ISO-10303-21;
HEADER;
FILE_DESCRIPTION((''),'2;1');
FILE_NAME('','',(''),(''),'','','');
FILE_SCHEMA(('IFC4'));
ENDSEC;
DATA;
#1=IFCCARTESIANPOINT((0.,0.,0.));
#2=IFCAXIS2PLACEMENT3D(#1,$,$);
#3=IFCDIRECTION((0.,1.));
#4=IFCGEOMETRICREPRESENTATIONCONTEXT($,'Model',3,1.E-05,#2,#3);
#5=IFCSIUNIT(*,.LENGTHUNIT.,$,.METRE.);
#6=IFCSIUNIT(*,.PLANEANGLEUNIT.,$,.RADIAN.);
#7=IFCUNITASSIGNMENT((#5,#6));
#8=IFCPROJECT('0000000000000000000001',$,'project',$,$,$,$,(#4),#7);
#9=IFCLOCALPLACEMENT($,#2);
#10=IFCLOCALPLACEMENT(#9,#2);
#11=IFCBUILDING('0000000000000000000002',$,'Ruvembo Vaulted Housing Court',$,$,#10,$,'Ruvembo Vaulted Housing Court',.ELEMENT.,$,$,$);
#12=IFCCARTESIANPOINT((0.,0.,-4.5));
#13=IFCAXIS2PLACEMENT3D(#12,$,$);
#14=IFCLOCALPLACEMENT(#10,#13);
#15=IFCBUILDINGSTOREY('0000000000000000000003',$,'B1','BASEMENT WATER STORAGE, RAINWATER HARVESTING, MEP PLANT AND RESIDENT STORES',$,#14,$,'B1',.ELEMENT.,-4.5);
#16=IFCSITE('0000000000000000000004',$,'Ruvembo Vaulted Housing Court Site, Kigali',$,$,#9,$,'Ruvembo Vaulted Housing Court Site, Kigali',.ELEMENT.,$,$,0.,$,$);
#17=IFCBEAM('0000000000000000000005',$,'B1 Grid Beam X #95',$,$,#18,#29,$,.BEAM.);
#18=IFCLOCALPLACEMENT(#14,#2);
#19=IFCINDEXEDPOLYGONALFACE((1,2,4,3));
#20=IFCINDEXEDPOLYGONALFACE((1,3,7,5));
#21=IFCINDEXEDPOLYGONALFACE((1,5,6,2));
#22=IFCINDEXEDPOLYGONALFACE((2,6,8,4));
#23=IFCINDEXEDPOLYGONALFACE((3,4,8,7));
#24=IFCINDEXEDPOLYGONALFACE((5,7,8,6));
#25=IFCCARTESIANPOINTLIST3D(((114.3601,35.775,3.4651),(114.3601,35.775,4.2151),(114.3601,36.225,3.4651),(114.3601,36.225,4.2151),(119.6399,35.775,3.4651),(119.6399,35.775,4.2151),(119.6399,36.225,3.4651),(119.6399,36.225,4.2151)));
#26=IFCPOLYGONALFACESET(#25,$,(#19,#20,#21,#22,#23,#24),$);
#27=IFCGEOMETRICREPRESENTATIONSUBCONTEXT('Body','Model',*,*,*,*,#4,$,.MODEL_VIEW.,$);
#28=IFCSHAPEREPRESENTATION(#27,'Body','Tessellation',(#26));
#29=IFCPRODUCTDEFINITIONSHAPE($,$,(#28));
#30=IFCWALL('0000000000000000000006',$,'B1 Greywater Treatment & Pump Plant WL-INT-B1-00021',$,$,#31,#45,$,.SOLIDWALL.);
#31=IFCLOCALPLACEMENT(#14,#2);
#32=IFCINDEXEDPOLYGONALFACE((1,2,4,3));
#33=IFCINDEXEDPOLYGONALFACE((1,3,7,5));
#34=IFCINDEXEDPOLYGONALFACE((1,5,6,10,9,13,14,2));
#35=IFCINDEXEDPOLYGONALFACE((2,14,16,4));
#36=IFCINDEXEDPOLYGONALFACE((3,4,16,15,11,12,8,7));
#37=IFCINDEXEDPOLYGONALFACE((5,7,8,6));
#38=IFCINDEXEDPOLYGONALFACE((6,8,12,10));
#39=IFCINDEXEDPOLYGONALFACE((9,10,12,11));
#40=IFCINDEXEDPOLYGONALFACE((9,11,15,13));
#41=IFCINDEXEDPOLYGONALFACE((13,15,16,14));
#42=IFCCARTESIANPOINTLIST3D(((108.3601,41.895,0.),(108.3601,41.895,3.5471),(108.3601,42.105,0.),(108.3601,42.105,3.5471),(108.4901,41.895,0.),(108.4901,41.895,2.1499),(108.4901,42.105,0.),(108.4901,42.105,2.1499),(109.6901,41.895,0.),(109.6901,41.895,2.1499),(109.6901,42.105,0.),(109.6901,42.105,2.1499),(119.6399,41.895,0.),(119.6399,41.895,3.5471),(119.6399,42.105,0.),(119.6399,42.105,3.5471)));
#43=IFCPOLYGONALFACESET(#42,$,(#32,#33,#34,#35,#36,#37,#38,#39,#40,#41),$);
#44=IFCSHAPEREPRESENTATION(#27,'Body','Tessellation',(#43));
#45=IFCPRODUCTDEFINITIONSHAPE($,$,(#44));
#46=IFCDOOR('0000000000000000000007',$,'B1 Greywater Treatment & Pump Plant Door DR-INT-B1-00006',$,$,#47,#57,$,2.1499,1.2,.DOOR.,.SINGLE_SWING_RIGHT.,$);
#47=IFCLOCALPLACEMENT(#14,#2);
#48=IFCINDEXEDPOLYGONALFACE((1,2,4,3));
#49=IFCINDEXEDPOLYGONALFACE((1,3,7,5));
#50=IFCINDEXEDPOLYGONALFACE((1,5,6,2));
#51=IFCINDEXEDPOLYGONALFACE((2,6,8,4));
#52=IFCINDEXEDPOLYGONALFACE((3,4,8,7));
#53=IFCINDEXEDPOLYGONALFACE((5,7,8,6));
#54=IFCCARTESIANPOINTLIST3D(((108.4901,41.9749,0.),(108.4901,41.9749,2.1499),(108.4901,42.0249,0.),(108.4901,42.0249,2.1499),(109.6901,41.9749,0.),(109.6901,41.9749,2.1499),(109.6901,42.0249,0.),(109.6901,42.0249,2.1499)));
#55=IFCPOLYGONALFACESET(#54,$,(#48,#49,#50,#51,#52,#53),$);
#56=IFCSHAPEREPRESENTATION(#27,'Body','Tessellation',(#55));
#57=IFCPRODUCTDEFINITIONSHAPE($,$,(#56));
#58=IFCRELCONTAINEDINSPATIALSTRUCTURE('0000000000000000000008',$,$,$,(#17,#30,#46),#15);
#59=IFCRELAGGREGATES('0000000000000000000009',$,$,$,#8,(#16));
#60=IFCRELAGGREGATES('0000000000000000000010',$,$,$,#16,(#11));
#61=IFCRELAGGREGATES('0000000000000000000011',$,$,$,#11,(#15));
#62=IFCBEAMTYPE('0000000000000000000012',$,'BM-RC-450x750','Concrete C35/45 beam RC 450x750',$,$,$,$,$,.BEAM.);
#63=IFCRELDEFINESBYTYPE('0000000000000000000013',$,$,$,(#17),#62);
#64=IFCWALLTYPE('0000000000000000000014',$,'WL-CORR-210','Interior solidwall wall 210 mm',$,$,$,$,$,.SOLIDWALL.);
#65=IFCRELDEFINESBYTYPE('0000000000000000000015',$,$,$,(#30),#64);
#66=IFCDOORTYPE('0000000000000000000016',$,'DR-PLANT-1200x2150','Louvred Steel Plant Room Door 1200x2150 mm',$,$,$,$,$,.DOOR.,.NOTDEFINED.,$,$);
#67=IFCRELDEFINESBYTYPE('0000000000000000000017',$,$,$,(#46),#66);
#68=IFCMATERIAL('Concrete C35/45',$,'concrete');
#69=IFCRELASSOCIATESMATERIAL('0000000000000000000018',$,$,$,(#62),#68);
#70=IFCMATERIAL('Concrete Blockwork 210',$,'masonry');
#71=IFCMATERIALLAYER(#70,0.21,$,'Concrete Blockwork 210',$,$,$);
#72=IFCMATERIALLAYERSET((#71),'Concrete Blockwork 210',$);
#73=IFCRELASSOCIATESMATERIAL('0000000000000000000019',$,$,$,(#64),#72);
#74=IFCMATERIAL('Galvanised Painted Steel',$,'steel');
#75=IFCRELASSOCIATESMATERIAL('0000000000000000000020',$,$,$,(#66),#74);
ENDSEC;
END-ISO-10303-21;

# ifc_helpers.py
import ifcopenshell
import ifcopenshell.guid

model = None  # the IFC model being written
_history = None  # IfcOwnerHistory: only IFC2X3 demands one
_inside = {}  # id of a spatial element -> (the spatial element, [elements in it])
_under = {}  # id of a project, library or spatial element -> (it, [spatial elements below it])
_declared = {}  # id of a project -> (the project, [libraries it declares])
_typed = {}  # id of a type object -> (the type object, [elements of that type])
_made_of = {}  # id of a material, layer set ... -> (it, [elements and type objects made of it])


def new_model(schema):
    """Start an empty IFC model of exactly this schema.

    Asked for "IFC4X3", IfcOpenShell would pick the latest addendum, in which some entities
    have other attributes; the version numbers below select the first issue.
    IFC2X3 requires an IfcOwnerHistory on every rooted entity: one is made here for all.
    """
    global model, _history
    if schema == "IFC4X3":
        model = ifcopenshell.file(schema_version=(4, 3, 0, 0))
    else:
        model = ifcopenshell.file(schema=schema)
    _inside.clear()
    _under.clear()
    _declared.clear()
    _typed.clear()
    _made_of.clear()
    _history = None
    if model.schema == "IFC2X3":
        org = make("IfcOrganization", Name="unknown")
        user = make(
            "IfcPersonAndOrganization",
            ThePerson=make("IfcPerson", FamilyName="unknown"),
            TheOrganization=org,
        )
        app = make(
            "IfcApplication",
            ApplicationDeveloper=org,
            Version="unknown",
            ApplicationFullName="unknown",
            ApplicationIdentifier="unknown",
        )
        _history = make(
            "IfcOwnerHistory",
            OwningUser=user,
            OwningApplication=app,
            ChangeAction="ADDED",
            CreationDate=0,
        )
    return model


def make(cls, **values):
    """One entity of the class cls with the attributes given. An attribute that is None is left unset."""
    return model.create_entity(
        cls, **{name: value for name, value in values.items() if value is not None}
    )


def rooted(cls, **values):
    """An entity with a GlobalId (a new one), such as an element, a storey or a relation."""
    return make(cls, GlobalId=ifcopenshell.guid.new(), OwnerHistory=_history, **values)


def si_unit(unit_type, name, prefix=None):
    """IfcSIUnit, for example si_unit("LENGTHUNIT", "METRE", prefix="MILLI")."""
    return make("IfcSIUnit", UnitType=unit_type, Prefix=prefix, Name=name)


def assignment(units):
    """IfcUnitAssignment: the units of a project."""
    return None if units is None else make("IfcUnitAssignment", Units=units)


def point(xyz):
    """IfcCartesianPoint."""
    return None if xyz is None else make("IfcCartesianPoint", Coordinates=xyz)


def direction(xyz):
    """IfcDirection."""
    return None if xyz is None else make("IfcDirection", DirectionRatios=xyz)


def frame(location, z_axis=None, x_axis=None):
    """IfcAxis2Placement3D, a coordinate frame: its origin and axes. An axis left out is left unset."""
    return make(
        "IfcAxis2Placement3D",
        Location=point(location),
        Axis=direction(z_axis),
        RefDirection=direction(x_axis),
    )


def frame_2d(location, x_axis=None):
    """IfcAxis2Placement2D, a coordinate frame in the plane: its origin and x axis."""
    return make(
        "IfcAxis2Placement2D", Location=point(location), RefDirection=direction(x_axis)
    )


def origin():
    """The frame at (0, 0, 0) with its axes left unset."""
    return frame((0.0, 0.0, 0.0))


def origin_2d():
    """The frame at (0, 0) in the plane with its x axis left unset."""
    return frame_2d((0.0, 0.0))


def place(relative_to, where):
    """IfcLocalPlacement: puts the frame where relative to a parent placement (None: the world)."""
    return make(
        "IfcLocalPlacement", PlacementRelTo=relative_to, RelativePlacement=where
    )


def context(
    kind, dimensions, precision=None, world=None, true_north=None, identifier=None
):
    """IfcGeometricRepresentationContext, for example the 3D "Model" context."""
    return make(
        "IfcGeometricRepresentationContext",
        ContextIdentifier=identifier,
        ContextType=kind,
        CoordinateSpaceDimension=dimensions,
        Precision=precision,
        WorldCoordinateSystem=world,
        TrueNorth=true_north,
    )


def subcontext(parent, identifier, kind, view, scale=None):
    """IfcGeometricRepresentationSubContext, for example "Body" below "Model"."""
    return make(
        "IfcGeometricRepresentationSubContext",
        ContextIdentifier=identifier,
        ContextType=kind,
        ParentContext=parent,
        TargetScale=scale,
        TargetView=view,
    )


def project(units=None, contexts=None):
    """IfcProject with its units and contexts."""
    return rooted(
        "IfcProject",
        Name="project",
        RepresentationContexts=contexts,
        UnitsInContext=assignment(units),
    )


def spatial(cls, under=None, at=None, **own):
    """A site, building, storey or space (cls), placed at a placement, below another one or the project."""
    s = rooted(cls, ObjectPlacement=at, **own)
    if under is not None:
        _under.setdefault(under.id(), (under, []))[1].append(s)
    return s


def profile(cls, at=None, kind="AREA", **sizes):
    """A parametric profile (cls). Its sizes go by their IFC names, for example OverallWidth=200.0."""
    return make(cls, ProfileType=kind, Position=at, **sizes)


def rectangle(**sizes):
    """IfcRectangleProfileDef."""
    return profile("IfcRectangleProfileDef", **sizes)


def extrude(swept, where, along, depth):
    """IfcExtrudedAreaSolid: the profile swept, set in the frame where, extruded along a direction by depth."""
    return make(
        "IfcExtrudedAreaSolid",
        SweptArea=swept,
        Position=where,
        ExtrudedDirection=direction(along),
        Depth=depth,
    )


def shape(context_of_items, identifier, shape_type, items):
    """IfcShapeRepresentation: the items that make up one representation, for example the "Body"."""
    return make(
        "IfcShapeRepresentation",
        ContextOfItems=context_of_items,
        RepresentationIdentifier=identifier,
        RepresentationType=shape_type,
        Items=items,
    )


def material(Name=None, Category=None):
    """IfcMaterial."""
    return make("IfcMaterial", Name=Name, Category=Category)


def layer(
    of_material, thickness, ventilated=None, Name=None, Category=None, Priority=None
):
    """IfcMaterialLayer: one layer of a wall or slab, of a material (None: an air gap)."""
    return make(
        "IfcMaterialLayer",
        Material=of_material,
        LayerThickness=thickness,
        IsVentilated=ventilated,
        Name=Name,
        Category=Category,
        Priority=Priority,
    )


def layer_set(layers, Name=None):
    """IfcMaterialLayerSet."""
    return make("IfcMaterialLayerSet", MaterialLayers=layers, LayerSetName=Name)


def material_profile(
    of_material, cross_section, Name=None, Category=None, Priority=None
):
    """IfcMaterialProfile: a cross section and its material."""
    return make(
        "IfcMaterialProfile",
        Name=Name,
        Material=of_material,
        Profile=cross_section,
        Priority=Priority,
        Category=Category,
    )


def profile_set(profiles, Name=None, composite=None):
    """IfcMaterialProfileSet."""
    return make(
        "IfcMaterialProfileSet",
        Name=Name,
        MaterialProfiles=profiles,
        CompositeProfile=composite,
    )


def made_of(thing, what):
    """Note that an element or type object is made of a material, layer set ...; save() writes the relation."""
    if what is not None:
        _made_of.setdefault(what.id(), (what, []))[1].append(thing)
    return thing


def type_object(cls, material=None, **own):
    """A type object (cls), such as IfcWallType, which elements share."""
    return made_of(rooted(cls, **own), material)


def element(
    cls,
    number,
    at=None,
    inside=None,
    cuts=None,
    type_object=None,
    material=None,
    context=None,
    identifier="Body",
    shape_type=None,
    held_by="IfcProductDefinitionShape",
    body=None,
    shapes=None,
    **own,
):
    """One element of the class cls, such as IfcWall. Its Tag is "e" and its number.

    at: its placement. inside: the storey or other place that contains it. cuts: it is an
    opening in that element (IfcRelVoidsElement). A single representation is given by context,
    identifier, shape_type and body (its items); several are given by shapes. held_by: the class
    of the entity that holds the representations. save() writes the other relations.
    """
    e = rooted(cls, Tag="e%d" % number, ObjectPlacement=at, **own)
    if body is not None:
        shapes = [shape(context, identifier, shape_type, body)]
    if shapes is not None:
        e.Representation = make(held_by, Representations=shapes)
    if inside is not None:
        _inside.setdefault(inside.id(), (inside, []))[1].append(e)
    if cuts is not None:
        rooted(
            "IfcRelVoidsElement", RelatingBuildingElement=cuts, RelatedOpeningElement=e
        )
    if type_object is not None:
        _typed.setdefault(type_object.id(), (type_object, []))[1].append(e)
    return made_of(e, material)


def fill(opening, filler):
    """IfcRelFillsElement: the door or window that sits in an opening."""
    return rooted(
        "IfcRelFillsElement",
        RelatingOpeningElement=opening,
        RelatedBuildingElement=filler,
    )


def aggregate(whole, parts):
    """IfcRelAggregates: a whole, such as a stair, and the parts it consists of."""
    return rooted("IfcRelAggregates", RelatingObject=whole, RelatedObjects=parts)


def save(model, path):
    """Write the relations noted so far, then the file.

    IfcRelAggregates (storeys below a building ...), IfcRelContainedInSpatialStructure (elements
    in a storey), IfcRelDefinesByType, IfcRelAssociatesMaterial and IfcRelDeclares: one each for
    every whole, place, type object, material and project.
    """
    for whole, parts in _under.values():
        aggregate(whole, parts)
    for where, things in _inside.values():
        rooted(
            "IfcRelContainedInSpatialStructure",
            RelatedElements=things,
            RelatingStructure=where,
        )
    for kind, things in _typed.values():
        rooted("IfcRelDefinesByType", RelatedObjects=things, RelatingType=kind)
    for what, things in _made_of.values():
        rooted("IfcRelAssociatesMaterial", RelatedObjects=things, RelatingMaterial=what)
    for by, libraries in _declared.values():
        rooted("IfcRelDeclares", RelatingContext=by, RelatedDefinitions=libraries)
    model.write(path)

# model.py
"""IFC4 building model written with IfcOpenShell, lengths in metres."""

from ifc_helpers import new_model, si_unit, direction, frame, frame_2d, origin, origin_2d, place, context, subcontext, project, spatial, rectangle, extrude, material, layer, layer_set, material_profile, profile_set, type_object, element, fill, save


model = new_model("IFC4")

# Units and contexts
model_context = context("Model", 3, precision=1e-05, world=origin(), true_north=direction((0.0, 1.0)))
body_context = subcontext(model_context, "Body", "Model", "MODEL_VIEW")
ifc_project = project(units=[si_unit("LENGTHUNIT", "METRE"), si_unit("PLANEANGLEUNIT", "RADIAN")], contexts=[model_context])

# Site, building, storey
site_placement = place(None, origin())
site = spatial("IfcSite", under=ifc_project, at=site_placement, Name="Ruvembo Vaulted Housing Court Site, Kigali", LongName="Ruvembo Vaulted Housing Court Site, Kigali", CompositionType="ELEMENT", RefElevation=0.0)
building_placement = place(site_placement, origin())
building = spatial("IfcBuilding", under=site, at=building_placement, Name="Ruvembo Vaulted Housing Court", LongName="Ruvembo Vaulted Housing Court", CompositionType="ELEMENT")
storey_placement = place(building_placement, frame((0.0, 0.0, -4.5)))
storey = spatial("IfcBuildingStorey", under=building, at=storey_placement, Name="B1", Description="BASEMENT WATER STORAGE, RAINWATER HARVESTING, MEP PLANT AND RESIDENT STORES", LongName="B1", CompositionType="ELEMENT", Elevation=-4.5)

# Shared definitions
ifc_material_1 = material(Name="Concrete C35/45", Category="concrete")

# Beam
ifc_material_profile_1 = material_profile(ifc_material_1, rectangle(XDim=0.45, YDim=0.75, at=origin_2d()), Name="RC 450x750")
ifc_profile_set_1 = profile_set([ifc_material_profile_1], Name="Concrete C35/45")
beam_type_1 = type_object("IfcBeamType", Name="BM-RC-450x750", Description="Concrete C35/45 beam RC 450x750", PredefinedType="BEAM", material=ifc_profile_set_1)
for number, where, z_axis, x_axis, name in (
    (1, (114.3601, 36.0, 3.8401), (1.0, 0.0, 0.0), (0.0, 1.0, 0.0), "B1 Grid Beam X #95"),
):
    element("IfcBeam", number, at=place(storey_placement, frame(where, z_axis=z_axis, x_axis=x_axis)), inside=storey, type_object=beam_type_1, Name=name, PredefinedType="BEAM", context=body_context, shape_type="SweptSolid", body=[
        extrude(rectangle(XDim=0.45, YDim=0.75, at=origin_2d()), origin(), (0.0, 0.0, 1.0), 5.2798),
    ])

# Wall, opening, door
ifc_material_2 = material(Name="Concrete Blockwork 210", Category="masonry")
ifc_layer = layer(ifc_material_2, 0.21, Name="Concrete Blockwork 210")
ifc_layer_set = layer_set([ifc_layer], Name="Concrete Blockwork 210")
wall_type = type_object("IfcWallType", Name="WL-CORR-210", Description="Interior solidwall wall 210 mm", PredefinedType="SOLIDWALL", material=ifc_layer_set)
wall_placement = place(storey_placement, frame((108.3601, 42.0, 0.0), z_axis=(0.0, 0.0, 1.0), x_axis=(1.0, 0.0, 0.0)))
wall = element("IfcWall", 2, at=wall_placement, inside=storey, type_object=wall_type, Name="B1 Greywater Treatment & Pump Plant WL-INT-B1-00021", PredefinedType="SOLIDWALL", context=body_context, shape_type="SweptSolid", body=[
    extrude(rectangle(XDim=11.2798, YDim=0.21, at=frame_2d((5.6399, 0.0))), origin(), (0.0, 0.0, 1.0), 3.5471),
])
opening_placement = place(wall_placement, frame((0.1299, 0.0, 0.0)))
opening = element("IfcOpeningElement", 3, at=opening_placement, cuts=wall, PredefinedType="OPENING", context=body_context, shape_type="SweptSolid", body=[
    extrude(rectangle(XDim=1.2, YDim=2.1499, at=frame_2d((0.6001, 1.075))), frame((0.0, 0.115, 0.0), z_axis=(0.0, -1.0, 0.0), x_axis=(1.0, 0.0, 0.0)), (0.0, 0.0, 1.0), 0.23),
])
ifc_material_3 = material(Name="Galvanised Painted Steel", Category="steel")
door_type = type_object("IfcDoorType", Name="DR-PLANT-1200x2150", Description="Louvred Steel Plant Room Door 1200x2150 mm", OperationType="NOTDEFINED", PredefinedType="DOOR", material=ifc_material_3)
door_placement = place(opening_placement, origin())
door = element("IfcDoor", 4, at=door_placement, inside=storey, type_object=door_type, Name="B1 Greywater Treatment & Pump Plant Door DR-INT-B1-00006", OperationType="SINGLE_SWING_RIGHT", OverallHeight=2.1499, OverallWidth=1.2, PredefinedType="DOOR", context=body_context, shape_type="SweptSolid", body=[
    extrude(rectangle(XDim=1.2, YDim=2.1499, at=frame_2d((0.6001, 1.075))), frame((0.0, 0.0249, 0.0), z_axis=(0.0, -1.0, 0.0), x_axis=(1.0, 0.0, 0.0)), (0.0, 0.0, 1.0), 0.05),
])
fill(opening, door)

save(model, "model.ifc")
